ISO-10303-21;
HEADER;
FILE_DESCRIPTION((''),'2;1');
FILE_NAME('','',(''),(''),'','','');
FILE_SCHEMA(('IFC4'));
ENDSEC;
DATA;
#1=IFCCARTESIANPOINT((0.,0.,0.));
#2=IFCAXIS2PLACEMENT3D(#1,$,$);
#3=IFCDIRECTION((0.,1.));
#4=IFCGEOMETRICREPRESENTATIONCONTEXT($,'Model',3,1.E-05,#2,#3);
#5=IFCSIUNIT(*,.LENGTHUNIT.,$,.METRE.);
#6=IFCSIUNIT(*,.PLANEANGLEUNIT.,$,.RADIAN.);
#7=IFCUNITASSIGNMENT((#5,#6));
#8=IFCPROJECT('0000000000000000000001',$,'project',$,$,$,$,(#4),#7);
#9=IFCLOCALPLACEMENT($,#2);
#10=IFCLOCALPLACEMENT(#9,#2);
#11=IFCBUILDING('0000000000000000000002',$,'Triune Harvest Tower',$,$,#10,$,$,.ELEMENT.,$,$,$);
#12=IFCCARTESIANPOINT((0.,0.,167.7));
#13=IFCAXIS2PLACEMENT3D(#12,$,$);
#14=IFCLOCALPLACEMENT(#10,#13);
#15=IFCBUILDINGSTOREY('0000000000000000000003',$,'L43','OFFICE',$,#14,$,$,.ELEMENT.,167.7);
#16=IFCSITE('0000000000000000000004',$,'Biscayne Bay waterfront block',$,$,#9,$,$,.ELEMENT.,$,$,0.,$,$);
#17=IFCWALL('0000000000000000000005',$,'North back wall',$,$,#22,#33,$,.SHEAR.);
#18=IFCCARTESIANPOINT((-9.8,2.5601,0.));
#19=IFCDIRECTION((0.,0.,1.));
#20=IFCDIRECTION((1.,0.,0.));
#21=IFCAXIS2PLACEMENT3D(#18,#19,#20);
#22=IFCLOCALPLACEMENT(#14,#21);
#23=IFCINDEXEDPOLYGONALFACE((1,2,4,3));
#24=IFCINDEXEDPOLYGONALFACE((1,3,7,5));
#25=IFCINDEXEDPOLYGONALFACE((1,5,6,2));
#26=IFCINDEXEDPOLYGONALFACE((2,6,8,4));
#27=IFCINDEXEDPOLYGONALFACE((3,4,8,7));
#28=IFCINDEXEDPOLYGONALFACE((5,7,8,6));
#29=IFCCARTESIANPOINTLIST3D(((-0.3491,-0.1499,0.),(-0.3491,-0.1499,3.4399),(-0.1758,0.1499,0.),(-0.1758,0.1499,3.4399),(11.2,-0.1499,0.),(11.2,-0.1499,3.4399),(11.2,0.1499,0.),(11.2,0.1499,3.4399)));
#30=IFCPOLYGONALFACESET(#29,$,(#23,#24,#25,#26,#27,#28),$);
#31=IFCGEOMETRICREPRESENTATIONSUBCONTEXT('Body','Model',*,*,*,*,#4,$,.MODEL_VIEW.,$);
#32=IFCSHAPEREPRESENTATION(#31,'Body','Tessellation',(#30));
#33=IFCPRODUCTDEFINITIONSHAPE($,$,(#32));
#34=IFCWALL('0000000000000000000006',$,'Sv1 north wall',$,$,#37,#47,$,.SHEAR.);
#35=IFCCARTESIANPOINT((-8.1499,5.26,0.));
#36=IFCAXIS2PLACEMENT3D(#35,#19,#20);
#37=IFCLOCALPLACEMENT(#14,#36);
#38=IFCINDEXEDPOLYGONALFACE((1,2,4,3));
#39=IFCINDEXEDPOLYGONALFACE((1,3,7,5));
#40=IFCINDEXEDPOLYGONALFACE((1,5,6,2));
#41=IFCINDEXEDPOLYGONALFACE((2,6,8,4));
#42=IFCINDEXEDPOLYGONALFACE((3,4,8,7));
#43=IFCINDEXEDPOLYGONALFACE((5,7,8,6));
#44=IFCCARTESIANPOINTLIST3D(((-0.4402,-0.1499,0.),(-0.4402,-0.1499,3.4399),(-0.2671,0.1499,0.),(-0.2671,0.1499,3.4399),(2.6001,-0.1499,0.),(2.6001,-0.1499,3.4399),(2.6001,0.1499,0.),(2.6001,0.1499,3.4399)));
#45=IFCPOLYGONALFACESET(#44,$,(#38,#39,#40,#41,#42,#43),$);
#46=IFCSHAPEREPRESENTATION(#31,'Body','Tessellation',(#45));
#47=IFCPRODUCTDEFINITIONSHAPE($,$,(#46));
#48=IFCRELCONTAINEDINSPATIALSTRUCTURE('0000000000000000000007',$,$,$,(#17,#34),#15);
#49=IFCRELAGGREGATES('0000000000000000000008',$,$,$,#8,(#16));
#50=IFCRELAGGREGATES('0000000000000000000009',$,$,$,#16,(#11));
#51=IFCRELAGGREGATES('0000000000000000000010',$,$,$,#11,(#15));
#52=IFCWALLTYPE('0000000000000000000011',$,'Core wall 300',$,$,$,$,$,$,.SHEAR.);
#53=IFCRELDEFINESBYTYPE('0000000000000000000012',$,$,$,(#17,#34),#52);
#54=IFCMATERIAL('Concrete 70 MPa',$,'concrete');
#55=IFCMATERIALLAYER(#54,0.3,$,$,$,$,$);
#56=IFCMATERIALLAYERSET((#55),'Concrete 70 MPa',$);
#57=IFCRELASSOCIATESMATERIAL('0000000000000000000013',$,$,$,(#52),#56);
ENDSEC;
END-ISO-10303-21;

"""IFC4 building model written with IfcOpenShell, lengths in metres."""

from ifc_helpers import new_model, si_unit, direction, frame, origin, place, context, subcontext, project, spatial, polyline, outline, extrude, source, transform, mapped, material, layer, layer_set, type_object, element, save


model = new_model("IFC4")

# Units and contexts
model_context = context("Model", 3, precision=1e-05, world=origin(), true_north=direction((0.0, 1.0)))
body_context = subcontext(model_context, "Body", "Model", "MODEL_VIEW")
ifc_project = project(units=[si_unit("LENGTHUNIT", "METRE"), si_unit("PLANEANGLEUNIT", "RADIAN")], contexts=[model_context])

# Site, building, storey
site_placement = place(None, origin())
site = spatial("IfcSite", under=ifc_project, at=site_placement, Name="Biscayne Bay waterfront block", CompositionType="ELEMENT", RefElevation=0.0)
building_placement = place(site_placement, origin())
building = spatial("IfcBuilding", under=site, at=building_placement, Name="Triune Harvest Tower", CompositionType="ELEMENT")
storey_placement = place(building_placement, frame((0.0, 0.0, 167.7)))
storey = spatial("IfcBuildingStorey", under=building, at=storey_placement, Name="L43", Description="OFFICE", CompositionType="ELEMENT", Elevation=167.7)

# Shared definitions
ifc_material_1 = material(Name="Concrete 70 MPa", Category="concrete")
ifc_layer_1 = layer(ifc_material_1, 0.3)
ifc_layer_set_1 = layer_set([ifc_layer_1], Name="Concrete 70 MPa")
wall_type_1 = type_object("IfcWallType", Name="Core wall 300", PredefinedType="SHEAR", material=ifc_layer_set_1)

# Walls
shared_shape_1 = source(origin(), body_context, "Body", "SweptSolid", [
    extrude(outline(polyline([(11.2, -0.1499), (-0.3491, -0.1499), (-0.1758, 0.1499), (11.2, 0.1499), (11.2, -0.1499)])), origin(), (0.0, 0.0, 1.0), 3.4399),
])
wall_1_placement = place(storey_placement, frame((-9.8, 2.5601, 0.0), z_axis=(0.0, 0.0, 1.0), x_axis=(1.0, 0.0, 0.0)))
element("IfcWall", 1, at=wall_1_placement, inside=storey, type_object=wall_type_1, Name="North back wall", PredefinedType="SHEAR", context=body_context, shape_type="MappedRepresentation", body=[
    mapped(shared_shape_1, transform((0.0, 0.0, 0.0), scale=1.0)),
])
shared_shape_2 = source(origin(), body_context, "Body", "SweptSolid", [
    extrude(outline(polyline([(2.6001, -0.1499), (-0.4402, -0.1499), (-0.2671, 0.1499), (2.6001, 0.1499), (2.6001, -0.1499)])), origin(), (0.0, 0.0, 1.0), 3.4399),
])
wall_2_placement = place(storey_placement, frame((-8.1499, 5.26, 0.0), z_axis=(0.0, 0.0, 1.0), x_axis=(1.0, 0.0, 0.0)))
element("IfcWall", 2, at=wall_2_placement, inside=storey, type_object=wall_type_1, Name="Sv1 north wall", PredefinedType="SHEAR", context=body_context, shape_type="MappedRepresentation", body=[
    mapped(shared_shape_2, transform((0.0, 0.0, 0.0), scale=1.0)),
])

save(model, "model.ifc")
